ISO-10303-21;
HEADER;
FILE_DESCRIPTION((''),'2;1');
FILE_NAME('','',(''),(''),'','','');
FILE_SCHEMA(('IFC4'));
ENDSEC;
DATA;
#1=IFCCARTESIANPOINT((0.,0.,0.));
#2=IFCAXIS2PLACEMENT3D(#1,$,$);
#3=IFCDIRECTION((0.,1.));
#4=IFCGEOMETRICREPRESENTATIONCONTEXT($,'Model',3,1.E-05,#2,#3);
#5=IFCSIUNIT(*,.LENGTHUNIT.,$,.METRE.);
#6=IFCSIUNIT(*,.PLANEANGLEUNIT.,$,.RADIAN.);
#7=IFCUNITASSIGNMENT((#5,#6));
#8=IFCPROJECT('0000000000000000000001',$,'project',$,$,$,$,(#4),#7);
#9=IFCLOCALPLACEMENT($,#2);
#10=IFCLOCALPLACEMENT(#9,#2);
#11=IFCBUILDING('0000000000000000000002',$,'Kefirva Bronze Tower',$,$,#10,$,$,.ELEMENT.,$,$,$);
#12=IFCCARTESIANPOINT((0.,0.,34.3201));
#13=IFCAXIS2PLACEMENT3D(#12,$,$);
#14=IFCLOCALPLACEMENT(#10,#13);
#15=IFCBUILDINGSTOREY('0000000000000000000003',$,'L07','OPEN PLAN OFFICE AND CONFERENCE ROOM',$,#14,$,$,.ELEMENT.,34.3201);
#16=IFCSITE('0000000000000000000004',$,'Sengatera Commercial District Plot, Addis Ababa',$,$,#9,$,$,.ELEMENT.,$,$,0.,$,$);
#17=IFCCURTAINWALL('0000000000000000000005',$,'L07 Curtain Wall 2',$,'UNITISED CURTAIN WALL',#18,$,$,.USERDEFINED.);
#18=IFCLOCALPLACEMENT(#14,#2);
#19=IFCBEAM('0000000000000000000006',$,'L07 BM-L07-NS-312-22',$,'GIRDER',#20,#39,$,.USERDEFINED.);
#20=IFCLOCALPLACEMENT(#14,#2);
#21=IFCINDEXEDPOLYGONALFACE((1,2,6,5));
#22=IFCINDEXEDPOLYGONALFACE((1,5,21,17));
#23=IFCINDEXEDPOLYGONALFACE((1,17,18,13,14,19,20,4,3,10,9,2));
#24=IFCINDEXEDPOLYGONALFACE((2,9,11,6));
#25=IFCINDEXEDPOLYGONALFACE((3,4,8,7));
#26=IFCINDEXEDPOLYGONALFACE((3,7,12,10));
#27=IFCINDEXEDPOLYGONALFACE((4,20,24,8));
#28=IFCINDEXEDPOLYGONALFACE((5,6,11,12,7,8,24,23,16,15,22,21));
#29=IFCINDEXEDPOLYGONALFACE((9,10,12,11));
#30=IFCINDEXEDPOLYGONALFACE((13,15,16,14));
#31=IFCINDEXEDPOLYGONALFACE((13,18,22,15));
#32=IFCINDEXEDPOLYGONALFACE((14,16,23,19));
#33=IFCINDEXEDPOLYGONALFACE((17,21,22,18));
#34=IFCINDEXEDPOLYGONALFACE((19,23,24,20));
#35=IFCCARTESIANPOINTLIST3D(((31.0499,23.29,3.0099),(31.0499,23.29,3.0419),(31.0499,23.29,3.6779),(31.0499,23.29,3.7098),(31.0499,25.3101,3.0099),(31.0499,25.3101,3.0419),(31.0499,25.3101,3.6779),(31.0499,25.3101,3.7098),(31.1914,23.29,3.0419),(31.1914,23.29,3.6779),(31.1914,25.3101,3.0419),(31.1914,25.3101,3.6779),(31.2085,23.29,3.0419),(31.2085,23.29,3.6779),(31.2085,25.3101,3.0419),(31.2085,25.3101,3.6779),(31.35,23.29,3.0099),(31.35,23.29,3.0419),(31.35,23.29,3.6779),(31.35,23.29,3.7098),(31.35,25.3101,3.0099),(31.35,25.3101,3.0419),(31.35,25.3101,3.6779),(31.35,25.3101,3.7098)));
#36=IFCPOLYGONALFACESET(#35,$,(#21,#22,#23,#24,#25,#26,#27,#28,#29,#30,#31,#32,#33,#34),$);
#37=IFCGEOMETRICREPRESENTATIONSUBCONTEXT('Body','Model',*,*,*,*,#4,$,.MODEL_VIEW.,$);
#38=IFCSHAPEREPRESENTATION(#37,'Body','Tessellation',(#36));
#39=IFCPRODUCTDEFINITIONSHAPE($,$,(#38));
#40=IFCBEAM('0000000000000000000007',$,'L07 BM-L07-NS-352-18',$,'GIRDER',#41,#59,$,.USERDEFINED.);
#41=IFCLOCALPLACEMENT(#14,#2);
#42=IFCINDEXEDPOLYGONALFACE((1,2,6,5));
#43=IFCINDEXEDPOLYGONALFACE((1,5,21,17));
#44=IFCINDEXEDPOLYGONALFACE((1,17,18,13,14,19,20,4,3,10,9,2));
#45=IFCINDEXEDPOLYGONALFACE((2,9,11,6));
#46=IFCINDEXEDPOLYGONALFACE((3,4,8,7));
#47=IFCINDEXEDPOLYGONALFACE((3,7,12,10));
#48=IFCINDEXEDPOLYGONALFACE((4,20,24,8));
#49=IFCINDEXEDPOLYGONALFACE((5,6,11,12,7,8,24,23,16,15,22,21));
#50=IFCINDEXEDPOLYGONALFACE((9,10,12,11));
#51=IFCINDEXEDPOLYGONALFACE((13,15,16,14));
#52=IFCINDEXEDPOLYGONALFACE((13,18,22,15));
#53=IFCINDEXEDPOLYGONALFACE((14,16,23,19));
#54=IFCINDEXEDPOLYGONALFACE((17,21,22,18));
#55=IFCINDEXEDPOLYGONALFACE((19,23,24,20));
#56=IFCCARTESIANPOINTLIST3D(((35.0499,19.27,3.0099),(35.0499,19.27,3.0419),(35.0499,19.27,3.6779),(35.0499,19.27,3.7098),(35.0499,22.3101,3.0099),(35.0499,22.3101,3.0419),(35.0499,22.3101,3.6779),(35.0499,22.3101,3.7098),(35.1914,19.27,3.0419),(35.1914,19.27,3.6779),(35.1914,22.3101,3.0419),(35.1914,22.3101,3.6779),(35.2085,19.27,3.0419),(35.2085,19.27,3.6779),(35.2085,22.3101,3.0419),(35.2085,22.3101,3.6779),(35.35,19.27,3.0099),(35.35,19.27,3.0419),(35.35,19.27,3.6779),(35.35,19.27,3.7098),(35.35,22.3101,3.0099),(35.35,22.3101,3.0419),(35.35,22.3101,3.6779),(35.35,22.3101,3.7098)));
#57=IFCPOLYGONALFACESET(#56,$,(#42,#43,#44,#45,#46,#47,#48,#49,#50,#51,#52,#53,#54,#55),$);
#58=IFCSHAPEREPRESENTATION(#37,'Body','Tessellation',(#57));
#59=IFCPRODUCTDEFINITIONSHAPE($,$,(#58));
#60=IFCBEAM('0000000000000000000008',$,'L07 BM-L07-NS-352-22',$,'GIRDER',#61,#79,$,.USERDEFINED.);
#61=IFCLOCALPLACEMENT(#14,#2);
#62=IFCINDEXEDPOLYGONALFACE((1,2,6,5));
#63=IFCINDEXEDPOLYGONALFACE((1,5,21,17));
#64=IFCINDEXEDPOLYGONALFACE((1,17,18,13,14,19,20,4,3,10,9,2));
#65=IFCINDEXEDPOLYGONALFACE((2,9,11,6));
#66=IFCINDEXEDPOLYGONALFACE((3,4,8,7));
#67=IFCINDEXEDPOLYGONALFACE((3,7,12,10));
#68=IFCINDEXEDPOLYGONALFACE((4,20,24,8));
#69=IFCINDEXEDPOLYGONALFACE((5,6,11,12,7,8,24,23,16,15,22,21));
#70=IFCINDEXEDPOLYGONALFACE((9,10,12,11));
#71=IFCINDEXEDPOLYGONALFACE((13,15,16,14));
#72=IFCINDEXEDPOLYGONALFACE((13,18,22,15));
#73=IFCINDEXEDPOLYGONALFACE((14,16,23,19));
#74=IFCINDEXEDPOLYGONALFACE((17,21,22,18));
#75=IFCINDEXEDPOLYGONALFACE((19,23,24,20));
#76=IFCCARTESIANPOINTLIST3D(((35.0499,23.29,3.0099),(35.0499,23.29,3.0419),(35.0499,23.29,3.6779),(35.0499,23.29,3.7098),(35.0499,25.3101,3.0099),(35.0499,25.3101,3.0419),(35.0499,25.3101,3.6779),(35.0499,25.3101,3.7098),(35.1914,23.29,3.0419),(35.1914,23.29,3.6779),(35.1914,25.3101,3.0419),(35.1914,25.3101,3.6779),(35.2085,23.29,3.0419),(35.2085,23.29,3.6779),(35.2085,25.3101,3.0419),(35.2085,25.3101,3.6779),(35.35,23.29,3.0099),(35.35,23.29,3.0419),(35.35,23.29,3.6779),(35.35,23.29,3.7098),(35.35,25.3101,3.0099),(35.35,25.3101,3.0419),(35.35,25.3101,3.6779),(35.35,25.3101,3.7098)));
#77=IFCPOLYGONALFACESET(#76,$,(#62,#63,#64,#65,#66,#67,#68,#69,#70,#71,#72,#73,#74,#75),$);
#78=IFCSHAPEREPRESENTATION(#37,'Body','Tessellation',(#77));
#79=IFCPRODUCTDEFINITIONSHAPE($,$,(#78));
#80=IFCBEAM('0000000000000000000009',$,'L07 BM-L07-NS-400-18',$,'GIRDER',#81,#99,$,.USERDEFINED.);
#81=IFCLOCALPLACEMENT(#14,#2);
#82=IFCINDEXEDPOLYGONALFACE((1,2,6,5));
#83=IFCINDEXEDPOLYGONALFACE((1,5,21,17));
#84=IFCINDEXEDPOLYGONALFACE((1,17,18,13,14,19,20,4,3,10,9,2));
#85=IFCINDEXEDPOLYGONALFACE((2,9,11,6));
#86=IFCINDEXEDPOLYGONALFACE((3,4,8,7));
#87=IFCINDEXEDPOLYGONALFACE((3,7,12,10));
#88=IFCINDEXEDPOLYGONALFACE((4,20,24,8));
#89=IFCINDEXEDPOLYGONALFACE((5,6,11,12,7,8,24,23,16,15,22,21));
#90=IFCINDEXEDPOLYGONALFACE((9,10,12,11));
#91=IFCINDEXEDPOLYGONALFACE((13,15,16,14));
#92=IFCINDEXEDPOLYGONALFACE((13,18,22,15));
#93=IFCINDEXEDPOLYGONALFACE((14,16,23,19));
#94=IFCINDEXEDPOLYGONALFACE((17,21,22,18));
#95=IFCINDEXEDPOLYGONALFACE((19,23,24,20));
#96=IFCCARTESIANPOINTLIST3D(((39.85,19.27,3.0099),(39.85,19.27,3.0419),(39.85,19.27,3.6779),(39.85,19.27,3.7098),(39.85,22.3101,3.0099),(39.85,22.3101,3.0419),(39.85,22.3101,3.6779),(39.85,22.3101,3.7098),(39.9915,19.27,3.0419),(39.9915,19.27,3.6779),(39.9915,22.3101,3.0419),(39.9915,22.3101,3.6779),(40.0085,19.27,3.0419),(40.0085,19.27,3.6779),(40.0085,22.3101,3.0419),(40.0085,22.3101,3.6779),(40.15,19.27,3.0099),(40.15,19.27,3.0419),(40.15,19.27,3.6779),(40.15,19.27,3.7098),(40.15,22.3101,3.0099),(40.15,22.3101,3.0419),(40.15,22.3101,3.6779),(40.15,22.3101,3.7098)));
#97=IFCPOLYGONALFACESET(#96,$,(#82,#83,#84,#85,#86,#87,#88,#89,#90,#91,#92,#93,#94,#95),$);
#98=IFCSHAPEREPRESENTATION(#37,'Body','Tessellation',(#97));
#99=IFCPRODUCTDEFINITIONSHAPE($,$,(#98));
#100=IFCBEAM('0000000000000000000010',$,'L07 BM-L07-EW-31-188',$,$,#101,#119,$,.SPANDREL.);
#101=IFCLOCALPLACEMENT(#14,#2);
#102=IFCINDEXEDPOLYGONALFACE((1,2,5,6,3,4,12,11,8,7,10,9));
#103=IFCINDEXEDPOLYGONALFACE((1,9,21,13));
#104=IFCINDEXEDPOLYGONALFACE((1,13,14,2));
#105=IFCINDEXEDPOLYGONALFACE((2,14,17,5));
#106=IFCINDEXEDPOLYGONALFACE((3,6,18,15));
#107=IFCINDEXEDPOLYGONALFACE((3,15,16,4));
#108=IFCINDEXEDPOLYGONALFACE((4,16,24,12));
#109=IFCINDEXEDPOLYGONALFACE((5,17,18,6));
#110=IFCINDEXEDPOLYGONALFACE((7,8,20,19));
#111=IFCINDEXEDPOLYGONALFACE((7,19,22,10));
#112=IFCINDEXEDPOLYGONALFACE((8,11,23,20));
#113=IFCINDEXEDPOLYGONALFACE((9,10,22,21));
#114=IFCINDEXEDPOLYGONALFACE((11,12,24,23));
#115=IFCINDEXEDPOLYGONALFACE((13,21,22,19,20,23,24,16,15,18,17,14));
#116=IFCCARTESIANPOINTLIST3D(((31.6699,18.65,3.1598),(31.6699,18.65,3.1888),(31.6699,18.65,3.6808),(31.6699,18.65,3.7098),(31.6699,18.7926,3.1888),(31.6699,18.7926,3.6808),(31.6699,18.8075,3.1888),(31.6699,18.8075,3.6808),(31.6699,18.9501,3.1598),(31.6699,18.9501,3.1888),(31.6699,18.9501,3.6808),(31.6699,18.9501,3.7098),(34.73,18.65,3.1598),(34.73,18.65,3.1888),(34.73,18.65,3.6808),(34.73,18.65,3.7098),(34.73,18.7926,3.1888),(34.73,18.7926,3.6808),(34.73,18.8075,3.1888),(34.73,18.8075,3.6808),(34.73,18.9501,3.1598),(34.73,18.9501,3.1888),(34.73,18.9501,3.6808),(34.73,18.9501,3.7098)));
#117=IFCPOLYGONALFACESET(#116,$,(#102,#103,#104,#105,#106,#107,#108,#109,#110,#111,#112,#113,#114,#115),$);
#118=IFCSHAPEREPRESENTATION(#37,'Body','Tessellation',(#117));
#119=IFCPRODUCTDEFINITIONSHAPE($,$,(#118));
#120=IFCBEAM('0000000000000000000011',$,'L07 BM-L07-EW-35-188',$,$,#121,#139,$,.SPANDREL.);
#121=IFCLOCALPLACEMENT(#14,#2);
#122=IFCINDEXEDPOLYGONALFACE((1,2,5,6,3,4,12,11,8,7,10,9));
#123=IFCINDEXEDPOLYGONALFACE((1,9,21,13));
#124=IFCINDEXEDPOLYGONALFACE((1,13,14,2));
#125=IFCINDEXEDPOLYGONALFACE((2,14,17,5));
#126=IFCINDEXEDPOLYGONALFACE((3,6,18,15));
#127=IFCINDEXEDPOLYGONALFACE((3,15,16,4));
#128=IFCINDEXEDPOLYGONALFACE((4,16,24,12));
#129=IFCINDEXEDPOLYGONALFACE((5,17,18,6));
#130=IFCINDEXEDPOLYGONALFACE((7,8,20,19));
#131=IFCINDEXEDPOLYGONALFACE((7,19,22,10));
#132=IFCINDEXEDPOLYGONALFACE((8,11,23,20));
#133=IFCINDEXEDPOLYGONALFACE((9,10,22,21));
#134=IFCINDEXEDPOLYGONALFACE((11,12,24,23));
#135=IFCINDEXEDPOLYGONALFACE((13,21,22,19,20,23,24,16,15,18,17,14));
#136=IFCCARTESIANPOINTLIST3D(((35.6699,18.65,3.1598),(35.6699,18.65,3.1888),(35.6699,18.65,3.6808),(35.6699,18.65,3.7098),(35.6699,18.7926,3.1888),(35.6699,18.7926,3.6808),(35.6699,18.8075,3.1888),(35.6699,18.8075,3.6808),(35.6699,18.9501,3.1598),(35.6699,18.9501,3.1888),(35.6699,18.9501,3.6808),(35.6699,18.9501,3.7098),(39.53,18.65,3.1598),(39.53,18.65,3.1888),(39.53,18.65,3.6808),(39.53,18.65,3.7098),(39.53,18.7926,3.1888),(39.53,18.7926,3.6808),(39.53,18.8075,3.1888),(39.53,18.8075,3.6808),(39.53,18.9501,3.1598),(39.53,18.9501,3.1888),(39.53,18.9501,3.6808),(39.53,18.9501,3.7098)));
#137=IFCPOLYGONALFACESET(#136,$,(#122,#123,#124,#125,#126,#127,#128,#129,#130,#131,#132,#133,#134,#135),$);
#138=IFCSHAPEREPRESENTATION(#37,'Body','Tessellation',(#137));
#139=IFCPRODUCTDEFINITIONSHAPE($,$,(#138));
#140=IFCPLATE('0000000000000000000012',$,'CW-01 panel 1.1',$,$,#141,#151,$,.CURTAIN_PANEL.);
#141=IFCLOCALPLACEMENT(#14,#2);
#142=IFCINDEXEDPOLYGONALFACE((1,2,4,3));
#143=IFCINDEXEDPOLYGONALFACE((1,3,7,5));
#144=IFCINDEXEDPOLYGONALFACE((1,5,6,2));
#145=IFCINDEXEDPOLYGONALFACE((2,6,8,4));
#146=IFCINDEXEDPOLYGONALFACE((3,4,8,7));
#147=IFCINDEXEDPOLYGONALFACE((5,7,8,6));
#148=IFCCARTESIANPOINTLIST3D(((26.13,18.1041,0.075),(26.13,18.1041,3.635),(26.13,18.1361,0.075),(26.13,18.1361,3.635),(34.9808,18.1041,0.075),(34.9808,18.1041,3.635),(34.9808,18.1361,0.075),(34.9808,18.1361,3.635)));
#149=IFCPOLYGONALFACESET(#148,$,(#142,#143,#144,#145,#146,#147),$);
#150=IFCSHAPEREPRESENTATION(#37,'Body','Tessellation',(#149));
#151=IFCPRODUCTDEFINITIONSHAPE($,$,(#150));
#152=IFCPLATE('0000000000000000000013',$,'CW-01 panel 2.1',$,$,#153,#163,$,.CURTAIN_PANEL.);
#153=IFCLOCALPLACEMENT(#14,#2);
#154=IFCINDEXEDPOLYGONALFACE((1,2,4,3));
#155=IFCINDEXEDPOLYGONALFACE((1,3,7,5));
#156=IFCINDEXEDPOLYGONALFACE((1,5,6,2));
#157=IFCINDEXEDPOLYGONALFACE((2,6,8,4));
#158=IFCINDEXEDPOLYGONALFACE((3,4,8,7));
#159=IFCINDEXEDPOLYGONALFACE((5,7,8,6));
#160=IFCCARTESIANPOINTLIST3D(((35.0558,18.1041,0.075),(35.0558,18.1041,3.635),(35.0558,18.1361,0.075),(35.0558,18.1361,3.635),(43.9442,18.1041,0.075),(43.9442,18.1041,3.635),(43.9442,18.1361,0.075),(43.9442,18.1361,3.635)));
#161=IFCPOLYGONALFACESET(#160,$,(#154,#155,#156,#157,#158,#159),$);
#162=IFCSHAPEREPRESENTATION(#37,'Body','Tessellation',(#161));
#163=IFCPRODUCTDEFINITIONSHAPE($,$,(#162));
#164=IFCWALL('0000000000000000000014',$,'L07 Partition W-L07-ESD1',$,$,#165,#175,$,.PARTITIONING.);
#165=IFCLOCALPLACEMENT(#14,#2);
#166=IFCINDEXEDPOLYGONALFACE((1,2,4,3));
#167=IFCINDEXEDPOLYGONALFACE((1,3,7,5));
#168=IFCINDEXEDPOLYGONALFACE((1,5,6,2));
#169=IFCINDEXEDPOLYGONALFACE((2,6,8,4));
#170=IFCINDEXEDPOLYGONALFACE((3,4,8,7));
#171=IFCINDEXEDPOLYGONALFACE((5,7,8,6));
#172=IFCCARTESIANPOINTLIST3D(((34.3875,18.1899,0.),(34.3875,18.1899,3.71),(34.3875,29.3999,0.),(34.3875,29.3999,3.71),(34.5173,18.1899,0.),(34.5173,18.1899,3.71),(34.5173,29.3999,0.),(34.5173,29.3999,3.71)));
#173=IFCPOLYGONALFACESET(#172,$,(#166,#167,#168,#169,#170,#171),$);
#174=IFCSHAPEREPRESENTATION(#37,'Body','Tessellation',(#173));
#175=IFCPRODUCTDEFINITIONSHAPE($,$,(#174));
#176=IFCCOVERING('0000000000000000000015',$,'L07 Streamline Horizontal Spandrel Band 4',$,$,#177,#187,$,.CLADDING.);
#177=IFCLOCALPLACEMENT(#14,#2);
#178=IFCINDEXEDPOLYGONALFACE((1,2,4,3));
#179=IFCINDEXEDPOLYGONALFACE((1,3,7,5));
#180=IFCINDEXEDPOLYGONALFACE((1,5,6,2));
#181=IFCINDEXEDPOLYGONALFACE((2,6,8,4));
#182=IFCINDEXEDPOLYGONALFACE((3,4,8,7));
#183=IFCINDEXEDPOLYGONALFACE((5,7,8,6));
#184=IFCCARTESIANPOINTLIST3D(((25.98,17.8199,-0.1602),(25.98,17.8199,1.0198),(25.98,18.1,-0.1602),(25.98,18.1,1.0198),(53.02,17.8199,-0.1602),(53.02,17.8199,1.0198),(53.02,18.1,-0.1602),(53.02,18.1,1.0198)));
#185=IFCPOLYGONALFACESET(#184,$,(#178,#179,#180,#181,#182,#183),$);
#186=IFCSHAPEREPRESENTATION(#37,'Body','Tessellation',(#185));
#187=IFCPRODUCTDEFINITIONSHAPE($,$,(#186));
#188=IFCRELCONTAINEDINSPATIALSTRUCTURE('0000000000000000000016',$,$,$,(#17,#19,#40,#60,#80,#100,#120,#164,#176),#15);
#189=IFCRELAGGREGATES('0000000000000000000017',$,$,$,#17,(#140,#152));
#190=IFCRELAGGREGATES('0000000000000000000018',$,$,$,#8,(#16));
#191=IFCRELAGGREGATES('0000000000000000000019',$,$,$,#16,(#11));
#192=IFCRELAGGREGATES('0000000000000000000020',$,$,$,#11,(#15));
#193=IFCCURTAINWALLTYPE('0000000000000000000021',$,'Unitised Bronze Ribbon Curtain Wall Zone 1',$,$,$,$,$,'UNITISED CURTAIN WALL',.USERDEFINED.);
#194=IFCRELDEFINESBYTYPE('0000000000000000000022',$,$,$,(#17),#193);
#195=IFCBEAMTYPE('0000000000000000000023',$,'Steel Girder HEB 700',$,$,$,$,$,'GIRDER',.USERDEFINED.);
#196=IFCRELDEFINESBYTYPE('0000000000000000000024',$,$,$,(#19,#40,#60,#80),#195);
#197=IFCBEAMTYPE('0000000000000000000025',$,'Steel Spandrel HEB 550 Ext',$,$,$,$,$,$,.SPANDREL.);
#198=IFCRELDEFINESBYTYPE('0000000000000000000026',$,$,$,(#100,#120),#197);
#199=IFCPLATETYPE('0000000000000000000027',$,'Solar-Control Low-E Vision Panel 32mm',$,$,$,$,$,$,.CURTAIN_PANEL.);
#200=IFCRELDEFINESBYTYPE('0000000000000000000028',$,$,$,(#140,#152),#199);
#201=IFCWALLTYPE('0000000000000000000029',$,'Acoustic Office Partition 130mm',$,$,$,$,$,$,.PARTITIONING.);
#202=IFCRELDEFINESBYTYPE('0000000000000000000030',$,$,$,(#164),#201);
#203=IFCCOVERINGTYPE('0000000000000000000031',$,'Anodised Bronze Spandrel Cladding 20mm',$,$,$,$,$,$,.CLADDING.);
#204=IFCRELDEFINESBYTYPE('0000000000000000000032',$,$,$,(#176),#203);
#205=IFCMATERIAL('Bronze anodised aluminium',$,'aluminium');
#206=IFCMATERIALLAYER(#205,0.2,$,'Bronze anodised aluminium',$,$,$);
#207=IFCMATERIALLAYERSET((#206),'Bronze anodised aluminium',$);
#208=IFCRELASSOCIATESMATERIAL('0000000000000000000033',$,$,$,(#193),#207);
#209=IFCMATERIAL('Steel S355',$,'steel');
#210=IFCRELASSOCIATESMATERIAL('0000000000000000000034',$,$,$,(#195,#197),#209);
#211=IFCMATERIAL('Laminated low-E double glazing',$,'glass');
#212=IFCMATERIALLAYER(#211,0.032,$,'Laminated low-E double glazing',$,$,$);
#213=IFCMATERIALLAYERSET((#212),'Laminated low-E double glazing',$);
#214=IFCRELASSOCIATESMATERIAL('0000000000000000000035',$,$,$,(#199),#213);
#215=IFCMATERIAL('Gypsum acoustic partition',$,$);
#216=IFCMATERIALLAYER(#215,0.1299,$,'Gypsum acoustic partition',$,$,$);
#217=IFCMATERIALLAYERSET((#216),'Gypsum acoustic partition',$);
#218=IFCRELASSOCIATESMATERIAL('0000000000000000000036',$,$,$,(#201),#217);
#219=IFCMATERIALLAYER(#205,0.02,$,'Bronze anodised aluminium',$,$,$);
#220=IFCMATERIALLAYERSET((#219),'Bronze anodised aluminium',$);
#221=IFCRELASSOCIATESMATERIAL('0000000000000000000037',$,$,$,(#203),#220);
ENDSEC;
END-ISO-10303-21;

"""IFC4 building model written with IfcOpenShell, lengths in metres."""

from ifc_helpers import new_model, si_unit, direction, frame, frame_2d, origin, origin_2d, place, context, subcontext, project, spatial, rectangle, i_section, extrude, material, layer, layer_set, material_profile, profile_set, type_object, element, aggregate, save


model = new_model("IFC4")

# Units and contexts
model_context = context("Model", 3, precision=1e-05, world=origin(), true_north=direction((0.0, 1.0)))
body_context = subcontext(model_context, "Body", "Model", "MODEL_VIEW")
ifc_project = project(units=[si_unit("LENGTHUNIT", "METRE"), si_unit("PLANEANGLEUNIT", "RADIAN")], contexts=[model_context])

# Site, building, storey
site_placement = place(None, origin())
site = spatial("IfcSite", under=ifc_project, at=site_placement, Name="Sengatera Commercial District Plot, Addis Ababa", CompositionType="ELEMENT", RefElevation=0.0)
building_placement = place(site_placement, origin())
building = spatial("IfcBuilding", under=site, at=building_placement, Name="Kefirva Bronze Tower", CompositionType="ELEMENT")
storey_placement = place(building_placement, frame((0.0, 0.0, 34.3201)))
storey = spatial("IfcBuildingStorey", under=building, at=storey_placement, Name="L07", Description="OPEN PLAN OFFICE AND CONFERENCE ROOM", CompositionType="ELEMENT", Elevation=34.3201)

# Curtain wall
ifc_material_1 = material(Name="Bronze anodised aluminium", Category="aluminium")
ifc_layer_1 = layer(ifc_material_1, 0.2, Name="Bronze anodised aluminium")
ifc_layer_set_1 = layer_set([ifc_layer_1], Name="Bronze anodised aluminium")
curtain_wall_type = type_object("IfcCurtainWallType", Name="Unitised Bronze Ribbon Curtain Wall Zone 1", ElementType="UNITISED CURTAIN WALL", PredefinedType="USERDEFINED", material=ifc_layer_set_1)
curtain_wall_placement = place(storey_placement, origin())
curtain_wall = element("IfcCurtainWall", 1, at=curtain_wall_placement, inside=storey, type_object=curtain_wall_type, Name="L07 Curtain Wall 2", ObjectType="UNITISED CURTAIN WALL", PredefinedType="USERDEFINED")

# Beams
ifc_material_2 = material(Name="Steel S355", Category="steel")
ifc_material_profile_1 = material_profile(ifc_material_2, i_section(OverallWidth=0.3, OverallDepth=0.7, WebThickness=0.0171, FlangeThickness=0.032, at=origin_2d()), Name="HEB 700")
ifc_profile_set_1 = profile_set([ifc_material_profile_1], Name="Steel S355")
beam_type_1 = type_object("IfcBeamType", Name="Steel Girder HEB 700", ElementType="GIRDER", PredefinedType="USERDEFINED", material=ifc_profile_set_1)
beam_1_placement = place(storey_placement, frame((31.2, 23.29, 3.3599), z_axis=(0.0, 1.0, 0.0), x_axis=(-1.0, 0.0, 0.0)))
element("IfcBeam", 2, at=beam_1_placement, inside=storey, type_object=beam_type_1, Name="L07 BM-L07-NS-312-22", ObjectType="GIRDER", PredefinedType="USERDEFINED", context=body_context, shape_type="SweptSolid", body=[
    extrude(i_section(OverallWidth=0.3, OverallDepth=0.7, WebThickness=0.0171, FlangeThickness=0.032, at=origin_2d()), origin(), (0.0, 0.0, 1.0), 2.02),
])
beam_2_placement = place(storey_placement, frame((35.2, 19.27, 3.3599), z_axis=(0.0, 1.0, 0.0), x_axis=(-1.0, 0.0, 0.0)))
element("IfcBeam", 3, at=beam_2_placement, inside=storey, type_object=beam_type_1, Name="L07 BM-L07-NS-352-18", ObjectType="GIRDER", PredefinedType="USERDEFINED", context=body_context, shape_type="SweptSolid", body=[
    extrude(i_section(OverallWidth=0.3, OverallDepth=0.7, WebThickness=0.0171, FlangeThickness=0.032, at=origin_2d()), origin(), (0.0, 0.0, 1.0), 3.04),
])
beam_3_placement = place(storey_placement, frame((35.2, 23.29, 3.3599), z_axis=(0.0, 1.0, 0.0), x_axis=(-1.0, 0.0, 0.0)))
element("IfcBeam", 4, at=beam_3_placement, inside=storey, type_object=beam_type_1, Name="L07 BM-L07-NS-352-22", ObjectType="GIRDER", PredefinedType="USERDEFINED", context=body_context, shape_type="SweptSolid", body=[
    extrude(i_section(OverallWidth=0.3, OverallDepth=0.7, WebThickness=0.0171, FlangeThickness=0.032, at=origin_2d()), origin(), (0.0, 0.0, 1.0), 2.02),
])
beam_4_placement = place(storey_placement, frame((40.0, 19.27, 3.3599), z_axis=(0.0, 1.0, 0.0), x_axis=(-1.0, 0.0, 0.0)))
element("IfcBeam", 5, at=beam_4_placement, inside=storey, type_object=beam_type_1, Name="L07 BM-L07-NS-400-18", ObjectType="GIRDER", PredefinedType="USERDEFINED", context=body_context, shape_type="SweptSolid", body=[
    extrude(i_section(OverallWidth=0.3, OverallDepth=0.7, WebThickness=0.0171, FlangeThickness=0.032, at=origin_2d()), origin(), (0.0, 0.0, 1.0), 3.04),
])
ifc_material_profile_2 = material_profile(ifc_material_2, i_section(OverallWidth=0.3, OverallDepth=0.55, WebThickness=0.0149, FlangeThickness=0.0291, at=origin_2d()), Name="HEB 550")
ifc_profile_set_2 = profile_set([ifc_material_profile_2], Name="Steel S355")
beam_type_2 = type_object("IfcBeamType", Name="Steel Spandrel HEB 550 Ext", PredefinedType="SPANDREL", material=ifc_profile_set_2)
beam_5_placement = place(storey_placement, frame((31.6699, 18.8, 3.4348), z_axis=(1.0, 0.0, 0.0), x_axis=(0.0, 1.0, 0.0)))
element("IfcBeam", 6, at=beam_5_placement, inside=storey, type_object=beam_type_2, Name="L07 BM-L07-EW-31-188", PredefinedType="SPANDREL", context=body_context, shape_type="SweptSolid", body=[
    extrude(i_section(OverallWidth=0.3, OverallDepth=0.55, WebThickness=0.0149, FlangeThickness=0.0291, at=origin_2d()), origin(), (0.0, 0.0, 1.0), 3.0601),
])
beam_6_placement = place(storey_placement, frame((35.6699, 18.8, 3.4348), z_axis=(1.0, 0.0, 0.0), x_axis=(0.0, 1.0, 0.0)))
element("IfcBeam", 7, at=beam_6_placement, inside=storey, type_object=beam_type_2, Name="L07 BM-L07-EW-35-188", PredefinedType="SPANDREL", context=body_context, shape_type="SweptSolid", body=[
    extrude(i_section(OverallWidth=0.3, OverallDepth=0.55, WebThickness=0.0149, FlangeThickness=0.0291, at=origin_2d()), origin(), (0.0, 0.0, 1.0), 3.8601),
])

# Plates
ifc_material_3 = material(Name="Laminated low-E double glazing", Category="glass")
ifc_layer_2 = layer(ifc_material_3, 0.032, Name="Laminated low-E double glazing")
ifc_layer_set_2 = layer_set([ifc_layer_2], Name="Laminated low-E double glazing")
plate_type = type_object("IfcPlateType", Name="Solar-Control Low-E Vision Panel 32mm", PredefinedType="CURTAIN_PANEL", material=ifc_layer_set_2)
plate_1_placement = place(storey_placement, frame((30.5554, 18.1201, 0.075), z_axis=(0.0, 0.0, 1.0), x_axis=(1.0, 0.0, 0.0)))
plate_1 = element("IfcPlate", 8, at=plate_1_placement, type_object=plate_type, Name="CW-01 panel 1.1", PredefinedType="CURTAIN_PANEL", context=body_context, shape_type="SweptSolid", body=[
    extrude(rectangle(XDim=8.8508, YDim=0.032, at=origin_2d()), origin(), (0.0, 0.0, 1.0), 3.5601),
])
plate_2_placement = place(storey_placement, frame((39.5, 18.1201, 0.075), z_axis=(0.0, 0.0, 1.0), x_axis=(1.0, 0.0, 0.0)))
plate_2 = element("IfcPlate", 9, at=plate_2_placement, type_object=plate_type, Name="CW-01 panel 2.1", PredefinedType="CURTAIN_PANEL", context=body_context, shape_type="SweptSolid", body=[
    extrude(rectangle(XDim=8.8884, YDim=0.032, at=origin_2d()), origin(), (0.0, 0.0, 1.0), 3.5601),
])
aggregate(curtain_wall, [plate_1, plate_2])

# Wall
ifc_material_4 = material(Name="Gypsum acoustic partition")
ifc_layer_3 = layer(ifc_material_4, 0.1299, Name="Gypsum acoustic partition")
ifc_layer_set_3 = layer_set([ifc_layer_3], Name="Gypsum acoustic partition")
wall_type = type_object("IfcWallType", Name="Acoustic Office Partition 130mm", PredefinedType="PARTITIONING", material=ifc_layer_set_3)
wall_placement = place(storey_placement, frame((34.4524, 18.1899, 0.0), z_axis=(0.0, 0.0, 1.0), x_axis=(0.0, 1.0, 0.0)))
element("IfcWall", 10, at=wall_placement, inside=storey, type_object=wall_type, Name="L07 Partition W-L07-ESD1", PredefinedType="PARTITIONING", context=body_context, shape_type="SweptSolid", body=[
    extrude(rectangle(XDim=11.21, YDim=0.1299, at=frame_2d((5.605, 0.0))), origin(), (0.0, 0.0, 1.0), 3.71),
])

# Covering
ifc_layer_4 = layer(ifc_material_1, 0.02, Name="Bronze anodised aluminium")
ifc_layer_set_4 = layer_set([ifc_layer_4], Name="Bronze anodised aluminium")
covering_type_1 = type_object("IfcCoveringType", Name="Anodised Bronze Spandrel Cladding 20mm", PredefinedType="CLADDING", material=ifc_layer_set_4)
covering_1_placement = place(storey_placement, frame((39.5, 17.96, -0.1602), z_axis=(0.0, 0.0, 1.0), x_axis=(1.0, 0.0, 0.0)))
element("IfcCovering", 11, at=covering_1_placement, inside=storey, type_object=covering_type_1, Name="L07 Streamline Horizontal Spandrel Band 4", PredefinedType="CLADDING", context=body_context, shape_type="SweptSolid", body=[
    extrude(rectangle(XDim=27.04, YDim=0.28, at=origin_2d()), origin(), (0.0, 0.0, 1.0), 1.1799),
])

save(model, "model.ifc")
